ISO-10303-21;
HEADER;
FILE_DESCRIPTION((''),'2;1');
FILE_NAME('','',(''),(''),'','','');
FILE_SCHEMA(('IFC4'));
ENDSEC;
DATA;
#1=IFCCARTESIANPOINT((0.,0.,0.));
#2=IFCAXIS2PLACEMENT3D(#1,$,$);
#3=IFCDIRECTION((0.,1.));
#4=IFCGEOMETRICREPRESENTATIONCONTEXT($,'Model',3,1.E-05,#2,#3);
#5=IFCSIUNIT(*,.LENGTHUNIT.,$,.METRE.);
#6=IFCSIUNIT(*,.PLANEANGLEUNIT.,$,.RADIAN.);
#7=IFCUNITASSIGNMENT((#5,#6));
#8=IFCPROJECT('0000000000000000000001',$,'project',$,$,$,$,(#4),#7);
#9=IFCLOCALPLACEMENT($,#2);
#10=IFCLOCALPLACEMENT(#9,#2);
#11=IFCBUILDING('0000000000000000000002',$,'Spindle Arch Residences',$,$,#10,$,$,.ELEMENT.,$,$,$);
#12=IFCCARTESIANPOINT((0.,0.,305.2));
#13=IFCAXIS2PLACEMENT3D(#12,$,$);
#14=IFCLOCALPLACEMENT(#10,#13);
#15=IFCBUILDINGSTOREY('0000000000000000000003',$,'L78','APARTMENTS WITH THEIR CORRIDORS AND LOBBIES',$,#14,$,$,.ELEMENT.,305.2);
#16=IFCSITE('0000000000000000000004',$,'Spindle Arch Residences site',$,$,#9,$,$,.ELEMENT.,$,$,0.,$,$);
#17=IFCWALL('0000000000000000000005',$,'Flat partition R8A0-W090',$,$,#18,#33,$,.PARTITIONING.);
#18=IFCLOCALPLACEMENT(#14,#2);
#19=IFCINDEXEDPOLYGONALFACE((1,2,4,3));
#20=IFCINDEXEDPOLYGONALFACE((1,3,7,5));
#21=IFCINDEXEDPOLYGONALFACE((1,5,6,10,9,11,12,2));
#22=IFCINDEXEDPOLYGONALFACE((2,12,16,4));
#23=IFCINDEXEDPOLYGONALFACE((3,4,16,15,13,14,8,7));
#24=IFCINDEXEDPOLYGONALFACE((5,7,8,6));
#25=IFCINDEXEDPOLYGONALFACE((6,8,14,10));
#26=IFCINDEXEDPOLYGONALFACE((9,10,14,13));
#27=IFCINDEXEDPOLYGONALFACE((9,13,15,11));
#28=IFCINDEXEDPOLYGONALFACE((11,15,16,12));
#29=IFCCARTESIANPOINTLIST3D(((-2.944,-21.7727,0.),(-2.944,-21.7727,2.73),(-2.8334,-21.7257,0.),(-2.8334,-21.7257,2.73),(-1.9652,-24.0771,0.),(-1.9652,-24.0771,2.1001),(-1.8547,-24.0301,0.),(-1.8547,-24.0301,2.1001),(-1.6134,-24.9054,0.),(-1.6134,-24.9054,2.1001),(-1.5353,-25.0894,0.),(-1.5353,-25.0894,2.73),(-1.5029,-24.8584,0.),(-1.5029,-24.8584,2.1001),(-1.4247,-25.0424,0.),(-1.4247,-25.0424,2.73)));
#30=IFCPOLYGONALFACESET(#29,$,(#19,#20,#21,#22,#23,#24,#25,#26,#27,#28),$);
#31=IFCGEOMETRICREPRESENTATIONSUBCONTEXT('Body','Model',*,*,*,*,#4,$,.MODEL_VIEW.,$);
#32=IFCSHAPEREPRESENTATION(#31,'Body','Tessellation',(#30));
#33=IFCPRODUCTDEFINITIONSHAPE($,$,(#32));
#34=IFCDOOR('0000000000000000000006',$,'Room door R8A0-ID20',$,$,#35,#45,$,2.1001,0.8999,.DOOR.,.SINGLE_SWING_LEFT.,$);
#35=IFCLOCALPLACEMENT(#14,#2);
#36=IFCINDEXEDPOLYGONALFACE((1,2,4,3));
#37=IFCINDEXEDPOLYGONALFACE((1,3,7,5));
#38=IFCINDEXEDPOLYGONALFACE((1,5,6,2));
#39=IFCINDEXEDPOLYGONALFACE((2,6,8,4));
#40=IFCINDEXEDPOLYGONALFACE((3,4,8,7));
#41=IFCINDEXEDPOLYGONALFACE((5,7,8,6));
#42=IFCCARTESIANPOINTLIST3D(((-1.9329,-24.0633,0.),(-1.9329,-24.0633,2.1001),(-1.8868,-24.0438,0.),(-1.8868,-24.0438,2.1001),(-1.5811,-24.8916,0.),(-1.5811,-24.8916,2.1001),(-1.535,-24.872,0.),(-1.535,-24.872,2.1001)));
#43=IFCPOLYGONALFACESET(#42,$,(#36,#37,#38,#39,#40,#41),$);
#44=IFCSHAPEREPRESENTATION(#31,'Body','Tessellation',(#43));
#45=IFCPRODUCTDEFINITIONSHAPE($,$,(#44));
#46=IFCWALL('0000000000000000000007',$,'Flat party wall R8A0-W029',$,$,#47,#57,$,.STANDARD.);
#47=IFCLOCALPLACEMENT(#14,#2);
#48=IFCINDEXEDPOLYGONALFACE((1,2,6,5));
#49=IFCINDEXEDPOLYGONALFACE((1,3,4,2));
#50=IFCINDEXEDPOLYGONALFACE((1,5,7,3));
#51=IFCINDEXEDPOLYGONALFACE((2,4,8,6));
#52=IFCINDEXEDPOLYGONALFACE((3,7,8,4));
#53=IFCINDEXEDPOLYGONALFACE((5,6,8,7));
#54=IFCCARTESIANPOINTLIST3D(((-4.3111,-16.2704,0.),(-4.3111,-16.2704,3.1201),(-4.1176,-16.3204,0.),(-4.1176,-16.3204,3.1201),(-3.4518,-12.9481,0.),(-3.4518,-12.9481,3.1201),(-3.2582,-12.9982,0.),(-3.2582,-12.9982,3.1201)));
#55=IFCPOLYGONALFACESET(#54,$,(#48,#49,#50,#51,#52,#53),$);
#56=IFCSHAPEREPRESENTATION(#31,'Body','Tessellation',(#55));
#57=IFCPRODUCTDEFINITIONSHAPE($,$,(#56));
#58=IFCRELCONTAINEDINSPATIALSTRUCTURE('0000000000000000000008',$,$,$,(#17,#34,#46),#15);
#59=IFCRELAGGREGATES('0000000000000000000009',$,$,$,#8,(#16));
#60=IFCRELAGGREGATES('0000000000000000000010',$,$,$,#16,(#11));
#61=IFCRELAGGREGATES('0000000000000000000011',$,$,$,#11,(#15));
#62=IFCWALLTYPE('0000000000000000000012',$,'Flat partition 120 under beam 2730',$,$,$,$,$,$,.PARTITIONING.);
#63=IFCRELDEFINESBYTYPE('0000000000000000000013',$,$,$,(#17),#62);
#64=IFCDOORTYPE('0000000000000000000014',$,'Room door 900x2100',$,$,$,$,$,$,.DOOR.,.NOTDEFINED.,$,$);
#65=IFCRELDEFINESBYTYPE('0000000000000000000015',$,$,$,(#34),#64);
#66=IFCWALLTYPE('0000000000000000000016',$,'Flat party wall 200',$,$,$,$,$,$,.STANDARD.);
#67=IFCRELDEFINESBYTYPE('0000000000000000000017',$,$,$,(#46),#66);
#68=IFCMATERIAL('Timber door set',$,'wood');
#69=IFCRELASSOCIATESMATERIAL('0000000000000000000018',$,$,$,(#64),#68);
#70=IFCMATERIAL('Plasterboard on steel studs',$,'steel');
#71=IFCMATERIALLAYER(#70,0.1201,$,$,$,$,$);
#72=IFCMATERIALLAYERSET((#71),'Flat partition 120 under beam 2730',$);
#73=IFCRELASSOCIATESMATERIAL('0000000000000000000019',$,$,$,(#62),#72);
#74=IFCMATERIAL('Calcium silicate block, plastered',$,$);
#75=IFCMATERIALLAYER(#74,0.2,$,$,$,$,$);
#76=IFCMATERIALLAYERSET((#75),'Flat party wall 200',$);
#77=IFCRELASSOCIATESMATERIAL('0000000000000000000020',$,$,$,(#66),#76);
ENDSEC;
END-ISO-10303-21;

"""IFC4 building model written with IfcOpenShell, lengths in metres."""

from ifc_helpers import new_model, si_unit, direction, frame, frame_2d, origin, place, context, subcontext, project, spatial, rectangle, extrude, material, layer, layer_set, type_object, element, fill, save


model = new_model("IFC4")

# Units and contexts
model_context = context("Model", 3, precision=1e-05, world=origin(), true_north=direction((0.0, 1.0)))
body_context = subcontext(model_context, "Body", "Model", "MODEL_VIEW")
ifc_project = project(units=[si_unit("LENGTHUNIT", "METRE"), si_unit("PLANEANGLEUNIT", "RADIAN")], contexts=[model_context])

# Site, building, storey
site_placement = place(None, origin())
site = spatial("IfcSite", under=ifc_project, at=site_placement, Name="Spindle Arch Residences site", CompositionType="ELEMENT", RefElevation=0.0)
building_placement = place(site_placement, origin())
building = spatial("IfcBuilding", under=site, at=building_placement, Name="Spindle Arch Residences", CompositionType="ELEMENT")
storey_placement = place(building_placement, frame((0.0, 0.0, 305.2)))
storey = spatial("IfcBuildingStorey", under=building, at=storey_placement, Name="L78", Description="APARTMENTS WITH THEIR CORRIDORS AND LOBBIES", CompositionType="ELEMENT", Elevation=305.2)

# Shared definitions
ifc_material_1 = material(Name="Timber door set", Category="wood")
door_type = type_object("IfcDoorType", Name="Room door 900x2100", OperationType="NOTDEFINED", PredefinedType="DOOR", material=ifc_material_1)

# Wall, opening, door
ifc_material_2 = material(Name="Plasterboard on steel studs", Category="steel")
ifc_layer_1 = layer(ifc_material_2, 0.1201)
ifc_layer_set_1 = layer_set([ifc_layer_1], Name="Flat partition 120 under beam 2730")
wall_type_1 = type_object("IfcWallType", Name="Flat partition 120 under beam 2730", PredefinedType="PARTITIONING", material=ifc_layer_set_1)
wall_1_placement = place(storey_placement, frame((-1.48, -25.0659, 0.0), z_axis=(0.0, 0.0, 1.0), x_axis=(-0.390933, 0.920419, 0.0)))
wall_1 = element("IfcWall", 1, at=wall_1_placement, inside=storey, type_object=wall_type_1, Name="Flat partition R8A0-W090", PredefinedType="PARTITIONING", context=body_context, shape_type="SweptSolid", body=[
    extrude(rectangle(XDim=3.6035, YDim=0.1201, at=frame_2d((1.8018, 0.0))), origin(), (0.0, 0.0, 1.0), 2.73),
])
opening_1_placement = place(wall_1_placement, frame((0.2, 0.0, 0.0)))
opening_1 = element("IfcOpeningElement", 2, at=opening_1_placement, cuts=wall_1, PredefinedType="OPENING", context=body_context, shape_type="SweptSolid", body=[
    extrude(rectangle(XDim=0.8999, YDim=2.1001, at=frame_2d((0.45, 1.05))), frame((0.0, 0.0701, 0.0), z_axis=(0.0, -1.0, 0.0), x_axis=(1.0, 0.0, 0.0)), (0.0, 0.0, 1.0), 0.1401),
])
door_1_placement = place(opening_1_placement, origin())
door_1 = element("IfcDoor", 3, at=door_1_placement, inside=storey, type_object=door_type, Name="Room door R8A0-ID20", OperationType="SINGLE_SWING_LEFT", OverallHeight=2.1001, OverallWidth=0.8999, PredefinedType="DOOR", context=body_context, shape_type="SweptSolid", body=[
    extrude(rectangle(XDim=0.8999, YDim=2.1001, at=frame_2d((0.45, 1.05))), frame((0.0, 0.0249, 0.0), z_axis=(0.0, -1.0, 0.0), x_axis=(1.0, 0.0, 0.0)), (0.0, 0.0, 1.0), 0.05),
])
fill(opening_1, door_1)

# Wall
ifc_material_3 = material(Name="Calcium silicate block, plastered")
ifc_layer_2 = layer(ifc_material_3, 0.2)
ifc_layer_set_2 = layer_set([ifc_layer_2], Name="Flat party wall 200")
wall_type_2 = type_object("IfcWallType", Name="Flat party wall 200", PredefinedType="STANDARD", material=ifc_layer_set_2)
wall_2_placement = place(storey_placement, frame((-4.2144, -16.2954, 0.0), z_axis=(0.0, 0.0, 1.0), x_axis=(0.250429, 0.968135, 0.0)))
element("IfcWall", 4, at=wall_2_placement, inside=storey, type_object=wall_type_2, Name="Flat party wall R8A0-W029", PredefinedType="STANDARD", context=body_context, shape_type="SweptSolid", body=[
    extrude(rectangle(XDim=3.4316, YDim=0.2, at=frame_2d((1.7158, 0.0))), origin(), (0.0, 0.0, 1.0), 3.1201),
])

save(model, "model.ifc")
